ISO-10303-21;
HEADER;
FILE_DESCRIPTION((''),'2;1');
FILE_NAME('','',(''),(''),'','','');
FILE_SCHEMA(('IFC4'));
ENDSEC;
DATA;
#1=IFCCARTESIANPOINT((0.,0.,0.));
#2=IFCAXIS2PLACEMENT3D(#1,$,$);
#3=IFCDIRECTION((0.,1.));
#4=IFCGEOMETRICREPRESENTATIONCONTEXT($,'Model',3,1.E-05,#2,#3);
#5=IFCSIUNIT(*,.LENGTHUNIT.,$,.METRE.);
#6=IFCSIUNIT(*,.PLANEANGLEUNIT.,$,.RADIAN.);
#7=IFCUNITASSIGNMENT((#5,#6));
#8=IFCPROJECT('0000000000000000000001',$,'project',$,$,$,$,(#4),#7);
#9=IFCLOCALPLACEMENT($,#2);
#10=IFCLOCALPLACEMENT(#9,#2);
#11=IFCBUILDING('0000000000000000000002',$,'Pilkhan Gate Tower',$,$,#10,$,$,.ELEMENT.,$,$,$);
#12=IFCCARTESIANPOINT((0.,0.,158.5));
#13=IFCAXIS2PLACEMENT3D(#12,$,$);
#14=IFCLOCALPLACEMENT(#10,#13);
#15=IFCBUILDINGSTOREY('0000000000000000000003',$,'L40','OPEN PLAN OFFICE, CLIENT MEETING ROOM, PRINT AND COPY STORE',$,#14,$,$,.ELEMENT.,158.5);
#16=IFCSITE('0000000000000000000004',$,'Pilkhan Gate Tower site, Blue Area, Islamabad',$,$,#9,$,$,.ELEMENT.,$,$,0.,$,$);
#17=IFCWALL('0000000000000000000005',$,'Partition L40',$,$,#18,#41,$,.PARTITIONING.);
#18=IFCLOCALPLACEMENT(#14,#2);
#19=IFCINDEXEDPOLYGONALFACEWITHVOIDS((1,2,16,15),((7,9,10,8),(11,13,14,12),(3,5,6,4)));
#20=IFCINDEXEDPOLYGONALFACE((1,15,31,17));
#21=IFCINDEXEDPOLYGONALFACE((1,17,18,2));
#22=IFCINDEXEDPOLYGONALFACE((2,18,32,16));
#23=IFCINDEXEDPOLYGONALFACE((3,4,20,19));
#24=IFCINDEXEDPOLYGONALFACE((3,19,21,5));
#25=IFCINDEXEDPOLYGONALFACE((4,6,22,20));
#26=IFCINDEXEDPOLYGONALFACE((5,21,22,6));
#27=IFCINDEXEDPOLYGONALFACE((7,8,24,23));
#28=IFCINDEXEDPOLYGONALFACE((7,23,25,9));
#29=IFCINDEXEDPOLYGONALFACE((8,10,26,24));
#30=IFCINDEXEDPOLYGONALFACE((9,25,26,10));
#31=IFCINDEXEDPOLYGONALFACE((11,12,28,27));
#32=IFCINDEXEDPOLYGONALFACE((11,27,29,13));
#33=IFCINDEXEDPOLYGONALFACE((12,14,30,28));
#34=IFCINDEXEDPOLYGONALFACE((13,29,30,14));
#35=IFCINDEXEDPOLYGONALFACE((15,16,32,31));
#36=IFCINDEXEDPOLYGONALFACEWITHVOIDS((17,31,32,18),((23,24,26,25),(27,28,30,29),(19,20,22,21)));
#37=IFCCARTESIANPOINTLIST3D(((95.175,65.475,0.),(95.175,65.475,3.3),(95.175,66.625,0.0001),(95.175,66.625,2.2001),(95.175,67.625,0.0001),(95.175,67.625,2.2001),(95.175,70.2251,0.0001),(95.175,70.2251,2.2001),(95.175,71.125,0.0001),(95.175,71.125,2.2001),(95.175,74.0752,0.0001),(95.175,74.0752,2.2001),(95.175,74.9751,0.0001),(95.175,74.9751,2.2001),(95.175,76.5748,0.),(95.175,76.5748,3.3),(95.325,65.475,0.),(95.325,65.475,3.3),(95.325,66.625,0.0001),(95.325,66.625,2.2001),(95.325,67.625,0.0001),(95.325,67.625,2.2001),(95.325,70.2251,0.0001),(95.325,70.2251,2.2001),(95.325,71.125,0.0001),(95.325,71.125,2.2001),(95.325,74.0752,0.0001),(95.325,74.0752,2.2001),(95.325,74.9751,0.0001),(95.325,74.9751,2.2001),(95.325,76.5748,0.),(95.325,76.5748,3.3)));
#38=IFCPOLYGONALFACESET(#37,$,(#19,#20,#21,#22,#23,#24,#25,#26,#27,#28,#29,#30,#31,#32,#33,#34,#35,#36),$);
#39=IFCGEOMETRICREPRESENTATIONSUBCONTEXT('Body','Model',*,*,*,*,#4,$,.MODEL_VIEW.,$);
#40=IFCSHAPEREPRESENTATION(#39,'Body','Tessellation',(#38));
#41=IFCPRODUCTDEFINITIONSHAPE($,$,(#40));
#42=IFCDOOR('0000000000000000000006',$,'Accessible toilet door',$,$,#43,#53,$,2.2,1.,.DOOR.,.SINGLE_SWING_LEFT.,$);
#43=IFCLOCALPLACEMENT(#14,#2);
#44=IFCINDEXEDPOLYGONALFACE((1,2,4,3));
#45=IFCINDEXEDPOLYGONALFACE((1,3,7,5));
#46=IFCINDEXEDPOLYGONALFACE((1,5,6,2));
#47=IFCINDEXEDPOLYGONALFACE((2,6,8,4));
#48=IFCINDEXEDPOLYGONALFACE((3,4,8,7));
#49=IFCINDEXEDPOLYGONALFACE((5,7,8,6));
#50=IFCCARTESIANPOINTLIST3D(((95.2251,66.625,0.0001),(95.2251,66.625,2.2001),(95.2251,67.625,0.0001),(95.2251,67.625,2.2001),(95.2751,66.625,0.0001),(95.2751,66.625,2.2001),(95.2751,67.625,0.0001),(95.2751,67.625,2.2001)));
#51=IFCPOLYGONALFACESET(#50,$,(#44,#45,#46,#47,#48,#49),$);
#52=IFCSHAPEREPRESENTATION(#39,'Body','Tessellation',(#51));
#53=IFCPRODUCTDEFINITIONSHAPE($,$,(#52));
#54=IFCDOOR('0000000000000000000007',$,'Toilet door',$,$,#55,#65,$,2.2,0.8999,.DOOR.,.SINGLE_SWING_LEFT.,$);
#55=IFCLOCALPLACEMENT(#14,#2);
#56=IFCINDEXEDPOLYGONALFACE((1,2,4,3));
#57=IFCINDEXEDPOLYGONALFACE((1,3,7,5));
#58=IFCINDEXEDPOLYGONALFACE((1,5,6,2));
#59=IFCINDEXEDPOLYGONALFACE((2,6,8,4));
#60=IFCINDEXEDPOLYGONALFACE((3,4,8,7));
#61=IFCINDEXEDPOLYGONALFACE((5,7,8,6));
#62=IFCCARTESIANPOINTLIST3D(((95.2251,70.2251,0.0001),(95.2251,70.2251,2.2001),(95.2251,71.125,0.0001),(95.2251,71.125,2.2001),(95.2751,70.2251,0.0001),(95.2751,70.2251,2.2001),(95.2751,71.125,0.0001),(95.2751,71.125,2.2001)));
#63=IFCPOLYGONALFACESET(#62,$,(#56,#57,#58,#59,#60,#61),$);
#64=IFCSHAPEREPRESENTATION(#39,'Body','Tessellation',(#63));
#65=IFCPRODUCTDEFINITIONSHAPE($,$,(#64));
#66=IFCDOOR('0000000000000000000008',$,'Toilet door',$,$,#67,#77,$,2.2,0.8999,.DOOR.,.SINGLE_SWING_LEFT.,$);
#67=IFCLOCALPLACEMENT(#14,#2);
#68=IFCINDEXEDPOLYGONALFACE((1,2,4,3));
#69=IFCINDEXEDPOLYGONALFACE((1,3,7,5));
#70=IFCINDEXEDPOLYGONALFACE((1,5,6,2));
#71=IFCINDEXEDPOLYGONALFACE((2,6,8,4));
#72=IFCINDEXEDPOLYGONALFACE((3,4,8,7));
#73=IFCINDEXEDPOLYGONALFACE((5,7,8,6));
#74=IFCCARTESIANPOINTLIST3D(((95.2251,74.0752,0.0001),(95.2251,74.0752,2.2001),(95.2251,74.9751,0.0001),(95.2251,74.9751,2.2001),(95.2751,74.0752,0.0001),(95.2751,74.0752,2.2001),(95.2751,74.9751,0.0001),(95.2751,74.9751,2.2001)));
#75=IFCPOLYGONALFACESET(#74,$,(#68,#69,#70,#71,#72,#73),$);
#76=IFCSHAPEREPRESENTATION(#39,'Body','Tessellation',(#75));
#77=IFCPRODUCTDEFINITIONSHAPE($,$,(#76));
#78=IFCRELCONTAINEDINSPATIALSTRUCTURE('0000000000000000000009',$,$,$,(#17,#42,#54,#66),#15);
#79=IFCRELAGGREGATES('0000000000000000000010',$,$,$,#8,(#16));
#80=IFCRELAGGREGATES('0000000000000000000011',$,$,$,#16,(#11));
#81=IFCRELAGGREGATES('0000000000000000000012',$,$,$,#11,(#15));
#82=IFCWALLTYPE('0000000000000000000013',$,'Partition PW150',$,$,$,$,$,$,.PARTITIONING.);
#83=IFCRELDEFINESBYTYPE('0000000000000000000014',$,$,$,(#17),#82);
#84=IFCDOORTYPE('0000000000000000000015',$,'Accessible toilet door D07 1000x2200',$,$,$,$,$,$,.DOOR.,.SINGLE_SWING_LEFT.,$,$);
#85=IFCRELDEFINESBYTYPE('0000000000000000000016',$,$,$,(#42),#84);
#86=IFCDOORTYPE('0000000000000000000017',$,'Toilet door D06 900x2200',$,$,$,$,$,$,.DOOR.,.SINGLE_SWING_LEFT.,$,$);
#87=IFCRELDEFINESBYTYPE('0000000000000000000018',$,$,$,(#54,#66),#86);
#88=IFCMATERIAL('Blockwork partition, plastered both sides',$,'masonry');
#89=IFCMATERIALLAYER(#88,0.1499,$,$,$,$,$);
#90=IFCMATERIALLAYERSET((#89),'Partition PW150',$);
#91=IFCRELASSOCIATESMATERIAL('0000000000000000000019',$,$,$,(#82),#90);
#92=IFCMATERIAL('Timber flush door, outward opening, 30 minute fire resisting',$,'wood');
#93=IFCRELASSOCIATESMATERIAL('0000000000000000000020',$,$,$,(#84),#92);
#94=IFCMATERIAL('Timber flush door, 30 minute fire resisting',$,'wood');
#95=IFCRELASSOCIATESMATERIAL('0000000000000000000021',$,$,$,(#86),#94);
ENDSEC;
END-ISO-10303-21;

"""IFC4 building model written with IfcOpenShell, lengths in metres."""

from ifc_helpers import new_model, si_unit, direction, frame, frame_2d, origin, place, context, subcontext, project, spatial, rectangle, extrude, material, layer, layer_set, type_object, element, fill, save


model = new_model("IFC4")

# Units and contexts
model_context = context("Model", 3, precision=1e-05, world=origin(), true_north=direction((0.0, 1.0)))
body_context = subcontext(model_context, "Body", "Model", "MODEL_VIEW")
ifc_project = project(units=[si_unit("LENGTHUNIT", "METRE"), si_unit("PLANEANGLEUNIT", "RADIAN")], contexts=[model_context])

# Site, building, storey
site_placement = place(None, origin())
site = spatial("IfcSite", under=ifc_project, at=site_placement, Name="Pilkhan Gate Tower site, Blue Area, Islamabad", CompositionType="ELEMENT", RefElevation=0.0)
building_placement = place(site_placement, origin())
building = spatial("IfcBuilding", under=site, at=building_placement, Name="Pilkhan Gate Tower", CompositionType="ELEMENT")
storey_placement = place(building_placement, frame((0.0, 0.0, 158.5)))
storey = spatial("IfcBuildingStorey", under=building, at=storey_placement, Name="L40", Description="OPEN PLAN OFFICE, CLIENT MEETING ROOM, PRINT AND COPY STORE", CompositionType="ELEMENT", Elevation=158.5)

# Shared definitions
ifc_material_1 = material(Name="Timber flush door, 30 minute fire resisting", Category="wood")

# Shared definitions
ifc_material_2 = material(Name="Blockwork partition, plastered both sides", Category="masonry")
ifc_layer_1 = layer(ifc_material_2, 0.1499)
ifc_layer_set_1 = layer_set([ifc_layer_1], Name="Partition PW150")
wall_type_1 = type_object("IfcWallType", Name="Partition PW150", PredefinedType="PARTITIONING", material=ifc_layer_set_1)

# Wall, openings, doors
wall_1_placement = place(storey_placement, frame((95.25, 65.4751, 0.0), z_axis=(0.0, 0.0, 1.0), x_axis=(0.0, 1.0, 0.0)))
wall_1 = element("IfcWall", 1, at=wall_1_placement, inside=storey, type_object=wall_type_1, Name="Partition L40", PredefinedType="PARTITIONING", context=body_context, shape_type="SweptSolid", body=[
    extrude(rectangle(XDim=11.0999, YDim=0.1499, at=frame_2d((5.5498, 0.0))), origin(), (0.0, 0.0, 1.0), 3.3),
])
opening_1_placement = place(wall_1_placement, frame((1.1499, 0.0, 0.0)))
opening_1 = element("IfcOpeningElement", 2, at=opening_1_placement, cuts=wall_1, PredefinedType="OPENING", context=body_context, shape_type="SweptSolid", body=[
    extrude(rectangle(XDim=1.0, YDim=2.2, at=frame_2d((0.5, 1.1001))), frame((0.0, 0.085, 0.0), z_axis=(0.0, -1.0, 0.0), x_axis=(1.0, 0.0, 0.0)), (0.0, 0.0, 1.0), 0.1699),
])
opening_2_placement = place(wall_1_placement, frame((4.75, 0.0, 0.0)))
opening_2 = element("IfcOpeningElement", 3, at=opening_2_placement, cuts=wall_1, PredefinedType="OPENING", context=body_context, shape_type="SweptSolid", body=[
    extrude(rectangle(XDim=0.8999, YDim=2.2, at=frame_2d((0.45, 1.1001))), frame((0.0, 0.085, 0.0), z_axis=(0.0, -1.0, 0.0), x_axis=(1.0, 0.0, 0.0)), (0.0, 0.0, 1.0), 0.1699),
])
opening_3_placement = place(wall_1_placement, frame((8.6001, 0.0, 0.0)))
opening_3 = element("IfcOpeningElement", 4, at=opening_3_placement, cuts=wall_1, PredefinedType="OPENING", context=body_context, shape_type="SweptSolid", body=[
    extrude(rectangle(XDim=0.8999, YDim=2.2, at=frame_2d((0.45, 1.1001))), frame((0.0, 0.085, 0.0), z_axis=(0.0, -1.0, 0.0), x_axis=(1.0, 0.0, 0.0)), (0.0, 0.0, 1.0), 0.1699),
])
ifc_material_3 = material(Name="Timber flush door, outward opening, 30 minute fire resisting", Category="wood")
door_type_1 = type_object("IfcDoorType", Name="Accessible toilet door D07 1000x2200", OperationType="SINGLE_SWING_LEFT", PredefinedType="DOOR", material=ifc_material_3)
door_1_placement = place(opening_1_placement, origin())
door_1 = element("IfcDoor", 5, at=door_1_placement, inside=storey, type_object=door_type_1, Name="Accessible toilet door", OperationType="SINGLE_SWING_LEFT", OverallHeight=2.2, OverallWidth=1.0, PredefinedType="DOOR", context=body_context, shape_type="SweptSolid", body=[
    extrude(rectangle(XDim=1.0, YDim=2.2, at=frame_2d((0.5, 1.1001))), frame((0.0, 0.0249, 0.0), z_axis=(0.0, -1.0, 0.0), x_axis=(1.0, 0.0, 0.0)), (0.0, 0.0, 1.0), 0.05),
])
fill(opening_1, door_1)
door_type_2 = type_object("IfcDoorType", Name="Toilet door D06 900x2200", OperationType="SINGLE_SWING_LEFT", PredefinedType="DOOR", material=ifc_material_1)
door_2_placement = place(opening_2_placement, origin())
door_2 = element("IfcDoor", 6, at=door_2_placement, inside=storey, type_object=door_type_2, Name="Toilet door", OperationType="SINGLE_SWING_LEFT", OverallHeight=2.2, OverallWidth=0.8999, PredefinedType="DOOR", context=body_context, shape_type="SweptSolid", body=[
    extrude(rectangle(XDim=0.8999, YDim=2.2, at=frame_2d((0.45, 1.1001))), frame((0.0, 0.0249, 0.0), z_axis=(0.0, -1.0, 0.0), x_axis=(1.0, 0.0, 0.0)), (0.0, 0.0, 1.0), 0.05),
])
fill(opening_2, door_2)
door_3_placement = place(opening_3_placement, origin())
door_3 = element("IfcDoor", 7, at=door_3_placement, inside=storey, type_object=door_type_2, Name="Toilet door", OperationType="SINGLE_SWING_LEFT", OverallHeight=2.2, OverallWidth=0.8999, PredefinedType="DOOR", context=body_context, shape_type="SweptSolid", body=[
    extrude(rectangle(XDim=0.8999, YDim=2.2, at=frame_2d((0.45, 1.1001))), frame((0.0, 0.0249, 0.0), z_axis=(0.0, -1.0, 0.0), x_axis=(1.0, 0.0, 0.0)), (0.0, 0.0, 1.0), 0.05),
])
fill(opening_3, door_3)

save(model, "model.ifc")
